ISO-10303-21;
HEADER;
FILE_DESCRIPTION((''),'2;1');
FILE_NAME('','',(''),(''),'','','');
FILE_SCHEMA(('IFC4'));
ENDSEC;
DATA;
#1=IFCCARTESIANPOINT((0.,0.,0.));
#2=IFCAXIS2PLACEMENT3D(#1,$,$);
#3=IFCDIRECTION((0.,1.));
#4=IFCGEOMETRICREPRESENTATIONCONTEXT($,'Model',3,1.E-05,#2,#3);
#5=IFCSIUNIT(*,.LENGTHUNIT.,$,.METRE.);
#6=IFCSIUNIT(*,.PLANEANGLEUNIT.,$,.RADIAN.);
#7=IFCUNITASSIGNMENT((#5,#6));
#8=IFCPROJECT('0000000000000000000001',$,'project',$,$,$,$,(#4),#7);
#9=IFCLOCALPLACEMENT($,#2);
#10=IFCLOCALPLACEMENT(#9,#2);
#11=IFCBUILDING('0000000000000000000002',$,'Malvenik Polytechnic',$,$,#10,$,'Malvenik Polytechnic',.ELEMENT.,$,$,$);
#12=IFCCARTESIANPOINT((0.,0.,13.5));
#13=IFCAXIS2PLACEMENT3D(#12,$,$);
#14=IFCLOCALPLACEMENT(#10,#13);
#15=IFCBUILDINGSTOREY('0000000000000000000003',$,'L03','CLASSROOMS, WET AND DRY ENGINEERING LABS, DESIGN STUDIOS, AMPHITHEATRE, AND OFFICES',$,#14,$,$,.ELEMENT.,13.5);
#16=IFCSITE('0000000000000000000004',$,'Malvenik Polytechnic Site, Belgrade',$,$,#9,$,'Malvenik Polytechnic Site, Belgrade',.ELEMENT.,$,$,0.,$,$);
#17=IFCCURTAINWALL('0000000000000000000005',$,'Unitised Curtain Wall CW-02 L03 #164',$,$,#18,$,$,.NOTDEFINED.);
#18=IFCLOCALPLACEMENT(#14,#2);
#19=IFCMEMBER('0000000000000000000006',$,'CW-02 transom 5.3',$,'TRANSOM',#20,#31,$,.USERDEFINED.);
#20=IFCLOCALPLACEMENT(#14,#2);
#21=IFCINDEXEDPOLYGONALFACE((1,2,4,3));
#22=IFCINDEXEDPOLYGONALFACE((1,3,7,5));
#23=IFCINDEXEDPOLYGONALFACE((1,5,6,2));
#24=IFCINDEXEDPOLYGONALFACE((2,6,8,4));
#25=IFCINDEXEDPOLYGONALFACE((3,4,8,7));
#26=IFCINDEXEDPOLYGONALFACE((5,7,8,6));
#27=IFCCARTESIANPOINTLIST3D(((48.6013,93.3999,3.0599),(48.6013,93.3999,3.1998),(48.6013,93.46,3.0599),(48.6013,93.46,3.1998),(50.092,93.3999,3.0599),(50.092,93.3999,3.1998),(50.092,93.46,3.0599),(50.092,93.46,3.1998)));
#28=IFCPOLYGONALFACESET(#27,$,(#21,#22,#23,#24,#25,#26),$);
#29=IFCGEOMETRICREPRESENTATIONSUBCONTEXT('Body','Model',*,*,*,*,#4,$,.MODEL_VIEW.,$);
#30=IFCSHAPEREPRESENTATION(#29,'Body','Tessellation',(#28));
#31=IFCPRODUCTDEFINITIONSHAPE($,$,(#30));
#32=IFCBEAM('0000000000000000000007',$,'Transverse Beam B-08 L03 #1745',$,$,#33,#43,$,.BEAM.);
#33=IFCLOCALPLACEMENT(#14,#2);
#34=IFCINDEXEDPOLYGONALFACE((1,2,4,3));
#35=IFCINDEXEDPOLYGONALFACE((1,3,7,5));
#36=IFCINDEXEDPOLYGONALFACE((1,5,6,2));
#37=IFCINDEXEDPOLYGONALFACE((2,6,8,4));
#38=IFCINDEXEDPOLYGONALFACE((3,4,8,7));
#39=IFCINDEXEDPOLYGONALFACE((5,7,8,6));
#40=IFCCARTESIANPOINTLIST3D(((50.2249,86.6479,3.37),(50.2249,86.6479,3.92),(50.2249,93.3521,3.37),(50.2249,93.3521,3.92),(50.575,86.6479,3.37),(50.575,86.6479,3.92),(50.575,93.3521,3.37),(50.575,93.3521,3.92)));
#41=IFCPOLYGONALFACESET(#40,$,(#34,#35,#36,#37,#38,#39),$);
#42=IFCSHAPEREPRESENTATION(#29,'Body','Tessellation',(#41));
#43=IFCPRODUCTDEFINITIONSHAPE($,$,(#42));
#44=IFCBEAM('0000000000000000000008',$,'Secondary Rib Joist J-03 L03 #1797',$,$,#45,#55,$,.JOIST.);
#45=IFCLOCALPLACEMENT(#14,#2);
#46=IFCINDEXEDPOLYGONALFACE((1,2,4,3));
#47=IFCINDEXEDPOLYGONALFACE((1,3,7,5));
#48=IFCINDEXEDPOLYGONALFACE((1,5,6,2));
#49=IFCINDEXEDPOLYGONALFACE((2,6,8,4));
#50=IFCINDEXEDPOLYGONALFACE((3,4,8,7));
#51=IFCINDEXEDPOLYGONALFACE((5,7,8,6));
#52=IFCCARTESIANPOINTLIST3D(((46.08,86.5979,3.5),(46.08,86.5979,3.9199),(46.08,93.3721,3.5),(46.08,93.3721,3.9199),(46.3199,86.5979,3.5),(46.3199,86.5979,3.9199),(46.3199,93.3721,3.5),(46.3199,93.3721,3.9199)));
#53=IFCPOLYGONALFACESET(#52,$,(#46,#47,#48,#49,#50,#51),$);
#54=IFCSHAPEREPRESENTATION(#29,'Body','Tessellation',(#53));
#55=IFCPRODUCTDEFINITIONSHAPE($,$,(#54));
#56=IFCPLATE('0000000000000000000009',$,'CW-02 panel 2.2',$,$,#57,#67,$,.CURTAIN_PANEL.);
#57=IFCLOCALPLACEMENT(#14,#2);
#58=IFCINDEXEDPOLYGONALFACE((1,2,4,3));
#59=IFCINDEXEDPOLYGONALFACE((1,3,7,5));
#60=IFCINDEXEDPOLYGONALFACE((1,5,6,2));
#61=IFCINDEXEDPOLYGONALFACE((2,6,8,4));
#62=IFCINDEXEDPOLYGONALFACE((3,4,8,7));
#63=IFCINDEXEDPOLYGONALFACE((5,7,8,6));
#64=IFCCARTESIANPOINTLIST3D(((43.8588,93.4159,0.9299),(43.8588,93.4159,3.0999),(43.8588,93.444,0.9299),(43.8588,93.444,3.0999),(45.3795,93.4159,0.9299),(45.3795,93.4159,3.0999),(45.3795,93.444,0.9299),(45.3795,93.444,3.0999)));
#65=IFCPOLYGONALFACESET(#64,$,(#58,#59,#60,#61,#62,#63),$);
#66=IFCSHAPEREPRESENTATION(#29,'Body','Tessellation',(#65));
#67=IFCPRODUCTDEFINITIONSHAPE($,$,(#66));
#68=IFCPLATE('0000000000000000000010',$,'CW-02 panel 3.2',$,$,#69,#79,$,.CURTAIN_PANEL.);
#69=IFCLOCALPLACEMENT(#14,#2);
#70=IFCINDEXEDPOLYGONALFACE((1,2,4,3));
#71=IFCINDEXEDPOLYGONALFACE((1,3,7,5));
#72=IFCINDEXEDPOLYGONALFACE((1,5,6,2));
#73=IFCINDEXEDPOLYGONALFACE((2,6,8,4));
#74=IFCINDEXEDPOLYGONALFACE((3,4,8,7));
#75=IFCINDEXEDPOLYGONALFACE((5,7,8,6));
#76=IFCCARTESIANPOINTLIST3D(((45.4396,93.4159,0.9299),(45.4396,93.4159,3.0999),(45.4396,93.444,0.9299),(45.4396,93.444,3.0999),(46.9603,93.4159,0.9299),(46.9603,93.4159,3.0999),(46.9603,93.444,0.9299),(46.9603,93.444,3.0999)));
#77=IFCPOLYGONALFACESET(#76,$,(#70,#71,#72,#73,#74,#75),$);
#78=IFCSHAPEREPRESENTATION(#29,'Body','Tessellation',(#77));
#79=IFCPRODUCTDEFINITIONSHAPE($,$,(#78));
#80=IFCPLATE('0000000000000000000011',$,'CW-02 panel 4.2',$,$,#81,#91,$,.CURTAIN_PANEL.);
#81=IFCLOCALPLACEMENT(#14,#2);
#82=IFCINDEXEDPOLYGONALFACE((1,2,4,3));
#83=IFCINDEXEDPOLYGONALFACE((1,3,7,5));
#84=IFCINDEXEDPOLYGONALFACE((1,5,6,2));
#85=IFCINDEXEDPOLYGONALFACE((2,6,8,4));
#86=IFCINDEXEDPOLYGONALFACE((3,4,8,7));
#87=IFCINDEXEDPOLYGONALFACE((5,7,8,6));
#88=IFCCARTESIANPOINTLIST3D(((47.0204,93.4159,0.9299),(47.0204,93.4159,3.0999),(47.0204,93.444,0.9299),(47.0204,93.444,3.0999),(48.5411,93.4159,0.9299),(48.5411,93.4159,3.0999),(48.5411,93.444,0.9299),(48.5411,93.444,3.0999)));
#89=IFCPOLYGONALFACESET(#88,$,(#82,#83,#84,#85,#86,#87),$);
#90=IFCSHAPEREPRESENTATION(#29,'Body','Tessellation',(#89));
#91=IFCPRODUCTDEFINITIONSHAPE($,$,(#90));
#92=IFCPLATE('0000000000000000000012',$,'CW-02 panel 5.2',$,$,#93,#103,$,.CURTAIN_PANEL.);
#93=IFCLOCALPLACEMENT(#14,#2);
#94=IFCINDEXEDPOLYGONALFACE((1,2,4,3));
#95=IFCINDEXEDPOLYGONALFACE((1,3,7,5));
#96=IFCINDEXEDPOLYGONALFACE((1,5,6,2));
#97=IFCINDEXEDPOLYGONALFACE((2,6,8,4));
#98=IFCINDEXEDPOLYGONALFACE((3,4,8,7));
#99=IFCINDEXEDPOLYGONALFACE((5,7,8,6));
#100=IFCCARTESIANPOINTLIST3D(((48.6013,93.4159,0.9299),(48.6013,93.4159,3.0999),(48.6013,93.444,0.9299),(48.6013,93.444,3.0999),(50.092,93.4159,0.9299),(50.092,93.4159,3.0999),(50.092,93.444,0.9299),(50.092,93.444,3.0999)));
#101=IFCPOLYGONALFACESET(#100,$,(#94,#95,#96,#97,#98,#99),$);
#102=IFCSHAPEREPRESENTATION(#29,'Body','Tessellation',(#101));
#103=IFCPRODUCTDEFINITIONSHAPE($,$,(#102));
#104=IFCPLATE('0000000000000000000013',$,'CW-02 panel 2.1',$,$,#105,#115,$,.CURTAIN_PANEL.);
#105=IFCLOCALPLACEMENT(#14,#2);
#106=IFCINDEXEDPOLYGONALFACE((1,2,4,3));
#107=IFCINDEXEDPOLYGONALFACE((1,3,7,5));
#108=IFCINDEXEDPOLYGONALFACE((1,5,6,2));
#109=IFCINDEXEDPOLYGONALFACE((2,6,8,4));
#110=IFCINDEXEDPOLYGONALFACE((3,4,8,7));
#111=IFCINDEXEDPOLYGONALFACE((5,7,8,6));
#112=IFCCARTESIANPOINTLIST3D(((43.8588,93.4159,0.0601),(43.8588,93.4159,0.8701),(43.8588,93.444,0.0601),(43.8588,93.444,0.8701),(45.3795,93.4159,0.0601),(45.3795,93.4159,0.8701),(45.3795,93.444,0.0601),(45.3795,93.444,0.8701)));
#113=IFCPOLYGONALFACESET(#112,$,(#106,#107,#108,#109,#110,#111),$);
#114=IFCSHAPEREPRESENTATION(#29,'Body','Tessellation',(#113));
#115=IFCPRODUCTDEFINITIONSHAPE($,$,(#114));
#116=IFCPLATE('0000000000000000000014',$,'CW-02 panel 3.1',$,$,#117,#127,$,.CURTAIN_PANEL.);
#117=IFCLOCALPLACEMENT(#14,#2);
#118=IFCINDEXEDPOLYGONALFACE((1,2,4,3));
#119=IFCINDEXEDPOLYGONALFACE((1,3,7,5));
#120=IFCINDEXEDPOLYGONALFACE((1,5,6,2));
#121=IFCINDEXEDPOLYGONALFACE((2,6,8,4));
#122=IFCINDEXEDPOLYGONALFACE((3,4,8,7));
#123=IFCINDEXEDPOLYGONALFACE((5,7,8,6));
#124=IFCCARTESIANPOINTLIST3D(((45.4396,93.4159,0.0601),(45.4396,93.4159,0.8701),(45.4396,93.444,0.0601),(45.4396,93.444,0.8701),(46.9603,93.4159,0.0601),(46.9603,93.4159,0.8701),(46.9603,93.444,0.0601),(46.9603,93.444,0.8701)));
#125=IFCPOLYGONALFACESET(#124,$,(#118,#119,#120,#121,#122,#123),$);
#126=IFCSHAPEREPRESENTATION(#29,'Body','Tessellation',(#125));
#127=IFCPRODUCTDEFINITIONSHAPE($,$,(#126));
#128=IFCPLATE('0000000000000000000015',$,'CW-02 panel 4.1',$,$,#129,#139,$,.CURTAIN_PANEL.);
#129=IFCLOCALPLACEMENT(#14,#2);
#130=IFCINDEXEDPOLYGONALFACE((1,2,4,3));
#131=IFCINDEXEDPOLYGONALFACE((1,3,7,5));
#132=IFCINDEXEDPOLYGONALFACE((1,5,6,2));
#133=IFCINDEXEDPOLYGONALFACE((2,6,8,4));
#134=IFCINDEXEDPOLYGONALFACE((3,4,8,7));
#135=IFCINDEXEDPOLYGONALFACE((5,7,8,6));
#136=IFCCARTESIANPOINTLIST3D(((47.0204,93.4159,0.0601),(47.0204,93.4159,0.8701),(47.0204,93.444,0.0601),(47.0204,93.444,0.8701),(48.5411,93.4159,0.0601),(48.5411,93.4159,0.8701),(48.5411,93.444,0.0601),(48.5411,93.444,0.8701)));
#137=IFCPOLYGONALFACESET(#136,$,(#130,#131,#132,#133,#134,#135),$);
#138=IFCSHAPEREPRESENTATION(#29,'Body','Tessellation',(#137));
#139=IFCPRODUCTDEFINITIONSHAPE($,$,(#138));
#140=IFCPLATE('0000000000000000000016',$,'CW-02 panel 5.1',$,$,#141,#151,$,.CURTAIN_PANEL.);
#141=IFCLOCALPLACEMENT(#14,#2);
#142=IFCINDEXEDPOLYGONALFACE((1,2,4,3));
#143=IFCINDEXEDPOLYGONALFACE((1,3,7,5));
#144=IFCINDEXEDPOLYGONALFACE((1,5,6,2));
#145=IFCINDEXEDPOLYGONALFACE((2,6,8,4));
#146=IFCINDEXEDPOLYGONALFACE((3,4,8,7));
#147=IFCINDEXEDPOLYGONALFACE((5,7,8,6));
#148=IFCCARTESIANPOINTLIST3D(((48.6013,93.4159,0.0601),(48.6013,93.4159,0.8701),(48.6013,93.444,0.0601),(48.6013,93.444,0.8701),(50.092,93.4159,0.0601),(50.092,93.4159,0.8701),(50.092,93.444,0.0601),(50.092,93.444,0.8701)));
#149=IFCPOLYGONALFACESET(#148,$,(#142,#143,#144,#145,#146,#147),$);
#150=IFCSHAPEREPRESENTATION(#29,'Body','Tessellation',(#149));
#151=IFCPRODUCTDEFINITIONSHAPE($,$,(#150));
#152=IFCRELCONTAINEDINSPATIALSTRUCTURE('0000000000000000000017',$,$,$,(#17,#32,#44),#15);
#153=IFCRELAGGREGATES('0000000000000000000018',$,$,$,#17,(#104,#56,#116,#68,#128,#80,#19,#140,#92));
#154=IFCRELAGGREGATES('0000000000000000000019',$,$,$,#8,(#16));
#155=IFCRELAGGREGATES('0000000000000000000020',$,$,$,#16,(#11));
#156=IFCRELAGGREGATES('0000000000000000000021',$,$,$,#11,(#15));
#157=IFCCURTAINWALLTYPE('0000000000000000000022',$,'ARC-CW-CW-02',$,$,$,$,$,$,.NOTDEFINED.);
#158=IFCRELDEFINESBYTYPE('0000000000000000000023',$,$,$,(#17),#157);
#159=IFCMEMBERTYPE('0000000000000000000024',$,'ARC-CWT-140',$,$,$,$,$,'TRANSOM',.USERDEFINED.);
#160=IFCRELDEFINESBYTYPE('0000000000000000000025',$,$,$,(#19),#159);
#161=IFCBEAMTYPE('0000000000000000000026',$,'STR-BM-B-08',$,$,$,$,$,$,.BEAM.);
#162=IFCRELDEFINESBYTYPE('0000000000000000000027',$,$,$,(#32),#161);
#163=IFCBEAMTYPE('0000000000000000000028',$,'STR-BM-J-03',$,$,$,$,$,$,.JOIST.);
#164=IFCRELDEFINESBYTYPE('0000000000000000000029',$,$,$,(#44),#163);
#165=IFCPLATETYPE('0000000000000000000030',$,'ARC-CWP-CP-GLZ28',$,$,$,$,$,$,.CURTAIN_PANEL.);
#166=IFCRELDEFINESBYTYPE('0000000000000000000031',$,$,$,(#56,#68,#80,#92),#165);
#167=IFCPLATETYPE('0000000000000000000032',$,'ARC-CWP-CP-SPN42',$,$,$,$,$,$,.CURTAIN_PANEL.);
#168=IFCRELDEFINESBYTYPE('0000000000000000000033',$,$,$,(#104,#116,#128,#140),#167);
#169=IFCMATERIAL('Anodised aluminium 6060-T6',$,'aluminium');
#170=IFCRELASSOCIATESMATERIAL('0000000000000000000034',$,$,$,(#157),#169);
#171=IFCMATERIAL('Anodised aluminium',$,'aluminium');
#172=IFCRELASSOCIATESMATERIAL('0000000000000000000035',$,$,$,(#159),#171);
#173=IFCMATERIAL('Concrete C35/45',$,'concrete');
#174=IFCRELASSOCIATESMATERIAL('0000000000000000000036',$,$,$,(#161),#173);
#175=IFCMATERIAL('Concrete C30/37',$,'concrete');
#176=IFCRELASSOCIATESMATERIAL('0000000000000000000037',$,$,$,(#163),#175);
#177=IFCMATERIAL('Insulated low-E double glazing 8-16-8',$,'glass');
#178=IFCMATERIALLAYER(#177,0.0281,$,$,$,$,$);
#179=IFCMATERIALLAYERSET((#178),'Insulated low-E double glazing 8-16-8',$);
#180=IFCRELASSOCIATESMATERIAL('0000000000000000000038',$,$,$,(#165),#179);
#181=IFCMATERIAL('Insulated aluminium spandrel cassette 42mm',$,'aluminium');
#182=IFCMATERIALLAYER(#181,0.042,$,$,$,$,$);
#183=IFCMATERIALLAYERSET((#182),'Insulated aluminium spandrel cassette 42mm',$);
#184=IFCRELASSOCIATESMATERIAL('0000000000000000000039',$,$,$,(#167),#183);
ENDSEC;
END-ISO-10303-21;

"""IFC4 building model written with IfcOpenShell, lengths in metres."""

from ifc_helpers import new_model, si_unit, direction, frame, origin, origin_2d, place, context, subcontext, project, spatial, rectangle, extrude, material, layer, layer_set, material_profile, profile_set, type_object, element, aggregate, save


model = new_model("IFC4")

# Units and contexts
model_context = context("Model", 3, precision=1e-05, world=origin(), true_north=direction((0.0, 1.0)))
body_context = subcontext(model_context, "Body", "Model", "MODEL_VIEW")
ifc_project = project(units=[si_unit("LENGTHUNIT", "METRE"), si_unit("PLANEANGLEUNIT", "RADIAN")], contexts=[model_context])

# Site, building, storey
site_placement = place(None, origin())
site = spatial("IfcSite", under=ifc_project, at=site_placement, Name="Malvenik Polytechnic Site, Belgrade", LongName="Malvenik Polytechnic Site, Belgrade", CompositionType="ELEMENT", RefElevation=0.0)
building_placement = place(site_placement, origin())
building = spatial("IfcBuilding", under=site, at=building_placement, Name="Malvenik Polytechnic", LongName="Malvenik Polytechnic", CompositionType="ELEMENT")
storey_placement = place(building_placement, frame((0.0, 0.0, 13.5)))
storey = spatial("IfcBuildingStorey", under=building, at=storey_placement, Name="L03", Description="CLASSROOMS, WET AND DRY ENGINEERING LABS, DESIGN STUDIOS, AMPHITHEATRE, AND OFFICES", CompositionType="ELEMENT", Elevation=13.5)

# Shared definitions
ifc_material_1 = material(Name="Concrete C35/45", Category="concrete")

# Curtain wall, member
ifc_material_2 = material(Name="Anodised aluminium 6060-T6", Category="aluminium")
curtain_wall_type = type_object("IfcCurtainWallType", Name="ARC-CW-CW-02", PredefinedType="NOTDEFINED", material=ifc_material_2)
curtain_wall_placement = place(storey_placement, origin())
curtain_wall = element("IfcCurtainWall", 1, at=curtain_wall_placement, inside=storey, type_object=curtain_wall_type, Name="Unitised Curtain Wall CW-02 L03 #164", PredefinedType="NOTDEFINED")
ifc_material_3 = material(Name="Anodised aluminium", Category="aluminium")
ifc_material_profile_1 = material_profile(ifc_material_3, rectangle(XDim=0.0601, YDim=0.1399, at=origin_2d()), Name="ALU TRANSOM 60x140")
ifc_profile_set_1 = profile_set([ifc_material_profile_1], Name="Anodised aluminium")
member_type_1 = type_object("IfcMemberType", Name="ARC-CWT-140", ElementType="TRANSOM", PredefinedType="USERDEFINED", material=ifc_profile_set_1)
member_1_placement = place(storey_placement, frame((48.6013, 93.4299, 3.1299), z_axis=(1.0, 0.0, 0.0), x_axis=(0.0, 1.0, 0.0)))
member_1 = element("IfcMember", 2, at=member_1_placement, type_object=member_type_1, Name="CW-02 transom 5.3", ObjectType="TRANSOM", PredefinedType="USERDEFINED", context=body_context, shape_type="SweptSolid", body=[
    extrude(rectangle(XDim=0.0601, YDim=0.1399, at=origin_2d()), origin(), (0.0, 0.0, 1.0), 1.4907),
])

# Beams
ifc_material_profile_2 = material_profile(ifc_material_1, rectangle(XDim=0.3501, YDim=0.55, at=origin_2d()), Name="RC BM 350x550")
ifc_profile_set_2 = profile_set([ifc_material_profile_2], Name="Concrete C35/45")
beam_type_1 = type_object("IfcBeamType", Name="STR-BM-B-08", PredefinedType="BEAM", material=ifc_profile_set_2)
beam_1_placement = place(storey_placement, frame((50.3999, 86.6479, 3.645), z_axis=(0.0, 1.0, 0.0), x_axis=(-1.0, 0.0, 0.0)))
element("IfcBeam", 3, at=beam_1_placement, inside=storey, type_object=beam_type_1, Name="Transverse Beam B-08 L03 #1745", PredefinedType="BEAM", context=body_context, shape_type="SweptSolid", body=[
    extrude(rectangle(XDim=0.3501, YDim=0.55, at=origin_2d()), origin(), (0.0, 0.0, 1.0), 6.7041),
])
ifc_material_4 = material(Name="Concrete C30/37", Category="concrete")
ifc_material_profile_3 = material_profile(ifc_material_4, rectangle(XDim=0.24, YDim=0.4199, at=origin_2d()), Name="RC JST 240x420")
ifc_profile_set_3 = profile_set([ifc_material_profile_3], Name="Concrete C30/37")
beam_type_2 = type_object("IfcBeamType", Name="STR-BM-J-03", PredefinedType="JOIST", material=ifc_profile_set_3)
beam_2_placement = place(storey_placement, frame((46.2, 86.5979, 3.71), z_axis=(0.0, 1.0, 0.0), x_axis=(-1.0, 0.0, 0.0)))
element("IfcBeam", 4, at=beam_2_placement, inside=storey, type_object=beam_type_2, Name="Secondary Rib Joist J-03 L03 #1797", PredefinedType="JOIST", context=body_context, shape_type="SweptSolid", body=[
    extrude(rectangle(XDim=0.24, YDim=0.4199, at=origin_2d()), origin(), (0.0, 0.0, 1.0), 6.7742),
])

# Plates
ifc_material_5 = material(Name="Insulated low-E double glazing 8-16-8", Category="glass")
ifc_layer_1 = layer(ifc_material_5, 0.0281)
ifc_layer_set_1 = layer_set([ifc_layer_1], Name="Insulated low-E double glazing 8-16-8")
plate_type_1 = type_object("IfcPlateType", Name="ARC-CWP-CP-GLZ28", PredefinedType="CURTAIN_PANEL", material=ifc_layer_set_1)
plate_1_placement = place(storey_placement, frame((44.6191, 93.4299, 0.9299), z_axis=(0.0, 0.0, 1.0), x_axis=(1.0, 0.0, 0.0)))
plate_1 = element("IfcPlate", 5, at=plate_1_placement, type_object=plate_type_1, Name="CW-02 panel 2.2", PredefinedType="CURTAIN_PANEL", context=body_context, shape_type="SweptSolid", body=[
    extrude(rectangle(XDim=1.5208, YDim=0.0281, at=origin_2d()), origin(), (0.0, 0.0, 1.0), 2.1699),
])
plate_2_placement = place(storey_placement, frame((46.2, 93.4299, 0.9299), z_axis=(0.0, 0.0, 1.0), x_axis=(1.0, 0.0, 0.0)))
plate_2 = element("IfcPlate", 6, at=plate_2_placement, type_object=plate_type_1, Name="CW-02 panel 3.2", PredefinedType="CURTAIN_PANEL", context=body_context, shape_type="SweptSolid", body=[
    extrude(rectangle(XDim=1.5208, YDim=0.0281, at=origin_2d()), origin(), (0.0, 0.0, 1.0), 2.1699),
])
plate_3_placement = place(storey_placement, frame((47.7808, 93.4299, 0.9299), z_axis=(0.0, 0.0, 1.0), x_axis=(1.0, 0.0, 0.0)))
plate_3 = element("IfcPlate", 7, at=plate_3_placement, type_object=plate_type_1, Name="CW-02 panel 4.2", PredefinedType="CURTAIN_PANEL", context=body_context, shape_type="SweptSolid", body=[
    extrude(rectangle(XDim=1.5208, YDim=0.0281, at=origin_2d()), origin(), (0.0, 0.0, 1.0), 2.1699),
])
plate_4_placement = place(storey_placement, frame((49.3467, 93.4299, 0.9299), z_axis=(0.0, 0.0, 1.0), x_axis=(1.0, 0.0, 0.0)))
plate_4 = element("IfcPlate", 8, at=plate_4_placement, type_object=plate_type_1, Name="CW-02 panel 5.2", PredefinedType="CURTAIN_PANEL", context=body_context, shape_type="SweptSolid", body=[
    extrude(rectangle(XDim=1.4907, YDim=0.0281, at=origin_2d()), origin(), (0.0, 0.0, 1.0), 2.1699),
])
ifc_material_6 = material(Name="Insulated aluminium spandrel cassette 42mm", Category="aluminium")
ifc_layer_2 = layer(ifc_material_6, 0.042)
ifc_layer_set_2 = layer_set([ifc_layer_2], Name="Insulated aluminium spandrel cassette 42mm")
plate_type_2 = type_object("IfcPlateType", Name="ARC-CWP-CP-SPN42", PredefinedType="CURTAIN_PANEL", material=ifc_layer_set_2)
plate_5_placement = place(storey_placement, frame((44.6191, 93.4299, 0.0601), z_axis=(0.0, 0.0, 1.0), x_axis=(1.0, 0.0, 0.0)))
plate_5 = element("IfcPlate", 9, at=plate_5_placement, type_object=plate_type_2, Name="CW-02 panel 2.1", PredefinedType="CURTAIN_PANEL", context=body_context, shape_type="SweptSolid", body=[
    extrude(rectangle(XDim=1.5208, YDim=0.0281, at=origin_2d()), origin(), (0.0, 0.0, 1.0), 0.8101),
])
plate_6_placement = place(storey_placement, frame((46.2, 93.4299, 0.0601), z_axis=(0.0, 0.0, 1.0), x_axis=(1.0, 0.0, 0.0)))
plate_6 = element("IfcPlate", 10, at=plate_6_placement, type_object=plate_type_2, Name="CW-02 panel 3.1", PredefinedType="CURTAIN_PANEL", context=body_context, shape_type="SweptSolid", body=[
    extrude(rectangle(XDim=1.5208, YDim=0.0281, at=origin_2d()), origin(), (0.0, 0.0, 1.0), 0.8101),
])
plate_7_placement = place(storey_placement, frame((47.7808, 93.4299, 0.0601), z_axis=(0.0, 0.0, 1.0), x_axis=(1.0, 0.0, 0.0)))
plate_7 = element("IfcPlate", 11, at=plate_7_placement, type_object=plate_type_2, Name="CW-02 panel 4.1", PredefinedType="CURTAIN_PANEL", context=body_context, shape_type="SweptSolid", body=[
    extrude(rectangle(XDim=1.5208, YDim=0.0281, at=origin_2d()), origin(), (0.0, 0.0, 1.0), 0.8101),
])
plate_8_placement = place(storey_placement, frame((49.3467, 93.4299, 0.0601), z_axis=(0.0, 0.0, 1.0), x_axis=(1.0, 0.0, 0.0)))
plate_8 = element("IfcPlate", 12, at=plate_8_placement, type_object=plate_type_2, Name="CW-02 panel 5.1", PredefinedType="CURTAIN_PANEL", context=body_context, shape_type="SweptSolid", body=[
    extrude(rectangle(XDim=1.4907, YDim=0.0281, at=origin_2d()), origin(), (0.0, 0.0, 1.0), 0.8101),
])
aggregate(curtain_wall, [plate_5, plate_1, plate_6, plate_2, plate_7, plate_3, member_1, plate_8, plate_4])

save(model, "model.ifc")
